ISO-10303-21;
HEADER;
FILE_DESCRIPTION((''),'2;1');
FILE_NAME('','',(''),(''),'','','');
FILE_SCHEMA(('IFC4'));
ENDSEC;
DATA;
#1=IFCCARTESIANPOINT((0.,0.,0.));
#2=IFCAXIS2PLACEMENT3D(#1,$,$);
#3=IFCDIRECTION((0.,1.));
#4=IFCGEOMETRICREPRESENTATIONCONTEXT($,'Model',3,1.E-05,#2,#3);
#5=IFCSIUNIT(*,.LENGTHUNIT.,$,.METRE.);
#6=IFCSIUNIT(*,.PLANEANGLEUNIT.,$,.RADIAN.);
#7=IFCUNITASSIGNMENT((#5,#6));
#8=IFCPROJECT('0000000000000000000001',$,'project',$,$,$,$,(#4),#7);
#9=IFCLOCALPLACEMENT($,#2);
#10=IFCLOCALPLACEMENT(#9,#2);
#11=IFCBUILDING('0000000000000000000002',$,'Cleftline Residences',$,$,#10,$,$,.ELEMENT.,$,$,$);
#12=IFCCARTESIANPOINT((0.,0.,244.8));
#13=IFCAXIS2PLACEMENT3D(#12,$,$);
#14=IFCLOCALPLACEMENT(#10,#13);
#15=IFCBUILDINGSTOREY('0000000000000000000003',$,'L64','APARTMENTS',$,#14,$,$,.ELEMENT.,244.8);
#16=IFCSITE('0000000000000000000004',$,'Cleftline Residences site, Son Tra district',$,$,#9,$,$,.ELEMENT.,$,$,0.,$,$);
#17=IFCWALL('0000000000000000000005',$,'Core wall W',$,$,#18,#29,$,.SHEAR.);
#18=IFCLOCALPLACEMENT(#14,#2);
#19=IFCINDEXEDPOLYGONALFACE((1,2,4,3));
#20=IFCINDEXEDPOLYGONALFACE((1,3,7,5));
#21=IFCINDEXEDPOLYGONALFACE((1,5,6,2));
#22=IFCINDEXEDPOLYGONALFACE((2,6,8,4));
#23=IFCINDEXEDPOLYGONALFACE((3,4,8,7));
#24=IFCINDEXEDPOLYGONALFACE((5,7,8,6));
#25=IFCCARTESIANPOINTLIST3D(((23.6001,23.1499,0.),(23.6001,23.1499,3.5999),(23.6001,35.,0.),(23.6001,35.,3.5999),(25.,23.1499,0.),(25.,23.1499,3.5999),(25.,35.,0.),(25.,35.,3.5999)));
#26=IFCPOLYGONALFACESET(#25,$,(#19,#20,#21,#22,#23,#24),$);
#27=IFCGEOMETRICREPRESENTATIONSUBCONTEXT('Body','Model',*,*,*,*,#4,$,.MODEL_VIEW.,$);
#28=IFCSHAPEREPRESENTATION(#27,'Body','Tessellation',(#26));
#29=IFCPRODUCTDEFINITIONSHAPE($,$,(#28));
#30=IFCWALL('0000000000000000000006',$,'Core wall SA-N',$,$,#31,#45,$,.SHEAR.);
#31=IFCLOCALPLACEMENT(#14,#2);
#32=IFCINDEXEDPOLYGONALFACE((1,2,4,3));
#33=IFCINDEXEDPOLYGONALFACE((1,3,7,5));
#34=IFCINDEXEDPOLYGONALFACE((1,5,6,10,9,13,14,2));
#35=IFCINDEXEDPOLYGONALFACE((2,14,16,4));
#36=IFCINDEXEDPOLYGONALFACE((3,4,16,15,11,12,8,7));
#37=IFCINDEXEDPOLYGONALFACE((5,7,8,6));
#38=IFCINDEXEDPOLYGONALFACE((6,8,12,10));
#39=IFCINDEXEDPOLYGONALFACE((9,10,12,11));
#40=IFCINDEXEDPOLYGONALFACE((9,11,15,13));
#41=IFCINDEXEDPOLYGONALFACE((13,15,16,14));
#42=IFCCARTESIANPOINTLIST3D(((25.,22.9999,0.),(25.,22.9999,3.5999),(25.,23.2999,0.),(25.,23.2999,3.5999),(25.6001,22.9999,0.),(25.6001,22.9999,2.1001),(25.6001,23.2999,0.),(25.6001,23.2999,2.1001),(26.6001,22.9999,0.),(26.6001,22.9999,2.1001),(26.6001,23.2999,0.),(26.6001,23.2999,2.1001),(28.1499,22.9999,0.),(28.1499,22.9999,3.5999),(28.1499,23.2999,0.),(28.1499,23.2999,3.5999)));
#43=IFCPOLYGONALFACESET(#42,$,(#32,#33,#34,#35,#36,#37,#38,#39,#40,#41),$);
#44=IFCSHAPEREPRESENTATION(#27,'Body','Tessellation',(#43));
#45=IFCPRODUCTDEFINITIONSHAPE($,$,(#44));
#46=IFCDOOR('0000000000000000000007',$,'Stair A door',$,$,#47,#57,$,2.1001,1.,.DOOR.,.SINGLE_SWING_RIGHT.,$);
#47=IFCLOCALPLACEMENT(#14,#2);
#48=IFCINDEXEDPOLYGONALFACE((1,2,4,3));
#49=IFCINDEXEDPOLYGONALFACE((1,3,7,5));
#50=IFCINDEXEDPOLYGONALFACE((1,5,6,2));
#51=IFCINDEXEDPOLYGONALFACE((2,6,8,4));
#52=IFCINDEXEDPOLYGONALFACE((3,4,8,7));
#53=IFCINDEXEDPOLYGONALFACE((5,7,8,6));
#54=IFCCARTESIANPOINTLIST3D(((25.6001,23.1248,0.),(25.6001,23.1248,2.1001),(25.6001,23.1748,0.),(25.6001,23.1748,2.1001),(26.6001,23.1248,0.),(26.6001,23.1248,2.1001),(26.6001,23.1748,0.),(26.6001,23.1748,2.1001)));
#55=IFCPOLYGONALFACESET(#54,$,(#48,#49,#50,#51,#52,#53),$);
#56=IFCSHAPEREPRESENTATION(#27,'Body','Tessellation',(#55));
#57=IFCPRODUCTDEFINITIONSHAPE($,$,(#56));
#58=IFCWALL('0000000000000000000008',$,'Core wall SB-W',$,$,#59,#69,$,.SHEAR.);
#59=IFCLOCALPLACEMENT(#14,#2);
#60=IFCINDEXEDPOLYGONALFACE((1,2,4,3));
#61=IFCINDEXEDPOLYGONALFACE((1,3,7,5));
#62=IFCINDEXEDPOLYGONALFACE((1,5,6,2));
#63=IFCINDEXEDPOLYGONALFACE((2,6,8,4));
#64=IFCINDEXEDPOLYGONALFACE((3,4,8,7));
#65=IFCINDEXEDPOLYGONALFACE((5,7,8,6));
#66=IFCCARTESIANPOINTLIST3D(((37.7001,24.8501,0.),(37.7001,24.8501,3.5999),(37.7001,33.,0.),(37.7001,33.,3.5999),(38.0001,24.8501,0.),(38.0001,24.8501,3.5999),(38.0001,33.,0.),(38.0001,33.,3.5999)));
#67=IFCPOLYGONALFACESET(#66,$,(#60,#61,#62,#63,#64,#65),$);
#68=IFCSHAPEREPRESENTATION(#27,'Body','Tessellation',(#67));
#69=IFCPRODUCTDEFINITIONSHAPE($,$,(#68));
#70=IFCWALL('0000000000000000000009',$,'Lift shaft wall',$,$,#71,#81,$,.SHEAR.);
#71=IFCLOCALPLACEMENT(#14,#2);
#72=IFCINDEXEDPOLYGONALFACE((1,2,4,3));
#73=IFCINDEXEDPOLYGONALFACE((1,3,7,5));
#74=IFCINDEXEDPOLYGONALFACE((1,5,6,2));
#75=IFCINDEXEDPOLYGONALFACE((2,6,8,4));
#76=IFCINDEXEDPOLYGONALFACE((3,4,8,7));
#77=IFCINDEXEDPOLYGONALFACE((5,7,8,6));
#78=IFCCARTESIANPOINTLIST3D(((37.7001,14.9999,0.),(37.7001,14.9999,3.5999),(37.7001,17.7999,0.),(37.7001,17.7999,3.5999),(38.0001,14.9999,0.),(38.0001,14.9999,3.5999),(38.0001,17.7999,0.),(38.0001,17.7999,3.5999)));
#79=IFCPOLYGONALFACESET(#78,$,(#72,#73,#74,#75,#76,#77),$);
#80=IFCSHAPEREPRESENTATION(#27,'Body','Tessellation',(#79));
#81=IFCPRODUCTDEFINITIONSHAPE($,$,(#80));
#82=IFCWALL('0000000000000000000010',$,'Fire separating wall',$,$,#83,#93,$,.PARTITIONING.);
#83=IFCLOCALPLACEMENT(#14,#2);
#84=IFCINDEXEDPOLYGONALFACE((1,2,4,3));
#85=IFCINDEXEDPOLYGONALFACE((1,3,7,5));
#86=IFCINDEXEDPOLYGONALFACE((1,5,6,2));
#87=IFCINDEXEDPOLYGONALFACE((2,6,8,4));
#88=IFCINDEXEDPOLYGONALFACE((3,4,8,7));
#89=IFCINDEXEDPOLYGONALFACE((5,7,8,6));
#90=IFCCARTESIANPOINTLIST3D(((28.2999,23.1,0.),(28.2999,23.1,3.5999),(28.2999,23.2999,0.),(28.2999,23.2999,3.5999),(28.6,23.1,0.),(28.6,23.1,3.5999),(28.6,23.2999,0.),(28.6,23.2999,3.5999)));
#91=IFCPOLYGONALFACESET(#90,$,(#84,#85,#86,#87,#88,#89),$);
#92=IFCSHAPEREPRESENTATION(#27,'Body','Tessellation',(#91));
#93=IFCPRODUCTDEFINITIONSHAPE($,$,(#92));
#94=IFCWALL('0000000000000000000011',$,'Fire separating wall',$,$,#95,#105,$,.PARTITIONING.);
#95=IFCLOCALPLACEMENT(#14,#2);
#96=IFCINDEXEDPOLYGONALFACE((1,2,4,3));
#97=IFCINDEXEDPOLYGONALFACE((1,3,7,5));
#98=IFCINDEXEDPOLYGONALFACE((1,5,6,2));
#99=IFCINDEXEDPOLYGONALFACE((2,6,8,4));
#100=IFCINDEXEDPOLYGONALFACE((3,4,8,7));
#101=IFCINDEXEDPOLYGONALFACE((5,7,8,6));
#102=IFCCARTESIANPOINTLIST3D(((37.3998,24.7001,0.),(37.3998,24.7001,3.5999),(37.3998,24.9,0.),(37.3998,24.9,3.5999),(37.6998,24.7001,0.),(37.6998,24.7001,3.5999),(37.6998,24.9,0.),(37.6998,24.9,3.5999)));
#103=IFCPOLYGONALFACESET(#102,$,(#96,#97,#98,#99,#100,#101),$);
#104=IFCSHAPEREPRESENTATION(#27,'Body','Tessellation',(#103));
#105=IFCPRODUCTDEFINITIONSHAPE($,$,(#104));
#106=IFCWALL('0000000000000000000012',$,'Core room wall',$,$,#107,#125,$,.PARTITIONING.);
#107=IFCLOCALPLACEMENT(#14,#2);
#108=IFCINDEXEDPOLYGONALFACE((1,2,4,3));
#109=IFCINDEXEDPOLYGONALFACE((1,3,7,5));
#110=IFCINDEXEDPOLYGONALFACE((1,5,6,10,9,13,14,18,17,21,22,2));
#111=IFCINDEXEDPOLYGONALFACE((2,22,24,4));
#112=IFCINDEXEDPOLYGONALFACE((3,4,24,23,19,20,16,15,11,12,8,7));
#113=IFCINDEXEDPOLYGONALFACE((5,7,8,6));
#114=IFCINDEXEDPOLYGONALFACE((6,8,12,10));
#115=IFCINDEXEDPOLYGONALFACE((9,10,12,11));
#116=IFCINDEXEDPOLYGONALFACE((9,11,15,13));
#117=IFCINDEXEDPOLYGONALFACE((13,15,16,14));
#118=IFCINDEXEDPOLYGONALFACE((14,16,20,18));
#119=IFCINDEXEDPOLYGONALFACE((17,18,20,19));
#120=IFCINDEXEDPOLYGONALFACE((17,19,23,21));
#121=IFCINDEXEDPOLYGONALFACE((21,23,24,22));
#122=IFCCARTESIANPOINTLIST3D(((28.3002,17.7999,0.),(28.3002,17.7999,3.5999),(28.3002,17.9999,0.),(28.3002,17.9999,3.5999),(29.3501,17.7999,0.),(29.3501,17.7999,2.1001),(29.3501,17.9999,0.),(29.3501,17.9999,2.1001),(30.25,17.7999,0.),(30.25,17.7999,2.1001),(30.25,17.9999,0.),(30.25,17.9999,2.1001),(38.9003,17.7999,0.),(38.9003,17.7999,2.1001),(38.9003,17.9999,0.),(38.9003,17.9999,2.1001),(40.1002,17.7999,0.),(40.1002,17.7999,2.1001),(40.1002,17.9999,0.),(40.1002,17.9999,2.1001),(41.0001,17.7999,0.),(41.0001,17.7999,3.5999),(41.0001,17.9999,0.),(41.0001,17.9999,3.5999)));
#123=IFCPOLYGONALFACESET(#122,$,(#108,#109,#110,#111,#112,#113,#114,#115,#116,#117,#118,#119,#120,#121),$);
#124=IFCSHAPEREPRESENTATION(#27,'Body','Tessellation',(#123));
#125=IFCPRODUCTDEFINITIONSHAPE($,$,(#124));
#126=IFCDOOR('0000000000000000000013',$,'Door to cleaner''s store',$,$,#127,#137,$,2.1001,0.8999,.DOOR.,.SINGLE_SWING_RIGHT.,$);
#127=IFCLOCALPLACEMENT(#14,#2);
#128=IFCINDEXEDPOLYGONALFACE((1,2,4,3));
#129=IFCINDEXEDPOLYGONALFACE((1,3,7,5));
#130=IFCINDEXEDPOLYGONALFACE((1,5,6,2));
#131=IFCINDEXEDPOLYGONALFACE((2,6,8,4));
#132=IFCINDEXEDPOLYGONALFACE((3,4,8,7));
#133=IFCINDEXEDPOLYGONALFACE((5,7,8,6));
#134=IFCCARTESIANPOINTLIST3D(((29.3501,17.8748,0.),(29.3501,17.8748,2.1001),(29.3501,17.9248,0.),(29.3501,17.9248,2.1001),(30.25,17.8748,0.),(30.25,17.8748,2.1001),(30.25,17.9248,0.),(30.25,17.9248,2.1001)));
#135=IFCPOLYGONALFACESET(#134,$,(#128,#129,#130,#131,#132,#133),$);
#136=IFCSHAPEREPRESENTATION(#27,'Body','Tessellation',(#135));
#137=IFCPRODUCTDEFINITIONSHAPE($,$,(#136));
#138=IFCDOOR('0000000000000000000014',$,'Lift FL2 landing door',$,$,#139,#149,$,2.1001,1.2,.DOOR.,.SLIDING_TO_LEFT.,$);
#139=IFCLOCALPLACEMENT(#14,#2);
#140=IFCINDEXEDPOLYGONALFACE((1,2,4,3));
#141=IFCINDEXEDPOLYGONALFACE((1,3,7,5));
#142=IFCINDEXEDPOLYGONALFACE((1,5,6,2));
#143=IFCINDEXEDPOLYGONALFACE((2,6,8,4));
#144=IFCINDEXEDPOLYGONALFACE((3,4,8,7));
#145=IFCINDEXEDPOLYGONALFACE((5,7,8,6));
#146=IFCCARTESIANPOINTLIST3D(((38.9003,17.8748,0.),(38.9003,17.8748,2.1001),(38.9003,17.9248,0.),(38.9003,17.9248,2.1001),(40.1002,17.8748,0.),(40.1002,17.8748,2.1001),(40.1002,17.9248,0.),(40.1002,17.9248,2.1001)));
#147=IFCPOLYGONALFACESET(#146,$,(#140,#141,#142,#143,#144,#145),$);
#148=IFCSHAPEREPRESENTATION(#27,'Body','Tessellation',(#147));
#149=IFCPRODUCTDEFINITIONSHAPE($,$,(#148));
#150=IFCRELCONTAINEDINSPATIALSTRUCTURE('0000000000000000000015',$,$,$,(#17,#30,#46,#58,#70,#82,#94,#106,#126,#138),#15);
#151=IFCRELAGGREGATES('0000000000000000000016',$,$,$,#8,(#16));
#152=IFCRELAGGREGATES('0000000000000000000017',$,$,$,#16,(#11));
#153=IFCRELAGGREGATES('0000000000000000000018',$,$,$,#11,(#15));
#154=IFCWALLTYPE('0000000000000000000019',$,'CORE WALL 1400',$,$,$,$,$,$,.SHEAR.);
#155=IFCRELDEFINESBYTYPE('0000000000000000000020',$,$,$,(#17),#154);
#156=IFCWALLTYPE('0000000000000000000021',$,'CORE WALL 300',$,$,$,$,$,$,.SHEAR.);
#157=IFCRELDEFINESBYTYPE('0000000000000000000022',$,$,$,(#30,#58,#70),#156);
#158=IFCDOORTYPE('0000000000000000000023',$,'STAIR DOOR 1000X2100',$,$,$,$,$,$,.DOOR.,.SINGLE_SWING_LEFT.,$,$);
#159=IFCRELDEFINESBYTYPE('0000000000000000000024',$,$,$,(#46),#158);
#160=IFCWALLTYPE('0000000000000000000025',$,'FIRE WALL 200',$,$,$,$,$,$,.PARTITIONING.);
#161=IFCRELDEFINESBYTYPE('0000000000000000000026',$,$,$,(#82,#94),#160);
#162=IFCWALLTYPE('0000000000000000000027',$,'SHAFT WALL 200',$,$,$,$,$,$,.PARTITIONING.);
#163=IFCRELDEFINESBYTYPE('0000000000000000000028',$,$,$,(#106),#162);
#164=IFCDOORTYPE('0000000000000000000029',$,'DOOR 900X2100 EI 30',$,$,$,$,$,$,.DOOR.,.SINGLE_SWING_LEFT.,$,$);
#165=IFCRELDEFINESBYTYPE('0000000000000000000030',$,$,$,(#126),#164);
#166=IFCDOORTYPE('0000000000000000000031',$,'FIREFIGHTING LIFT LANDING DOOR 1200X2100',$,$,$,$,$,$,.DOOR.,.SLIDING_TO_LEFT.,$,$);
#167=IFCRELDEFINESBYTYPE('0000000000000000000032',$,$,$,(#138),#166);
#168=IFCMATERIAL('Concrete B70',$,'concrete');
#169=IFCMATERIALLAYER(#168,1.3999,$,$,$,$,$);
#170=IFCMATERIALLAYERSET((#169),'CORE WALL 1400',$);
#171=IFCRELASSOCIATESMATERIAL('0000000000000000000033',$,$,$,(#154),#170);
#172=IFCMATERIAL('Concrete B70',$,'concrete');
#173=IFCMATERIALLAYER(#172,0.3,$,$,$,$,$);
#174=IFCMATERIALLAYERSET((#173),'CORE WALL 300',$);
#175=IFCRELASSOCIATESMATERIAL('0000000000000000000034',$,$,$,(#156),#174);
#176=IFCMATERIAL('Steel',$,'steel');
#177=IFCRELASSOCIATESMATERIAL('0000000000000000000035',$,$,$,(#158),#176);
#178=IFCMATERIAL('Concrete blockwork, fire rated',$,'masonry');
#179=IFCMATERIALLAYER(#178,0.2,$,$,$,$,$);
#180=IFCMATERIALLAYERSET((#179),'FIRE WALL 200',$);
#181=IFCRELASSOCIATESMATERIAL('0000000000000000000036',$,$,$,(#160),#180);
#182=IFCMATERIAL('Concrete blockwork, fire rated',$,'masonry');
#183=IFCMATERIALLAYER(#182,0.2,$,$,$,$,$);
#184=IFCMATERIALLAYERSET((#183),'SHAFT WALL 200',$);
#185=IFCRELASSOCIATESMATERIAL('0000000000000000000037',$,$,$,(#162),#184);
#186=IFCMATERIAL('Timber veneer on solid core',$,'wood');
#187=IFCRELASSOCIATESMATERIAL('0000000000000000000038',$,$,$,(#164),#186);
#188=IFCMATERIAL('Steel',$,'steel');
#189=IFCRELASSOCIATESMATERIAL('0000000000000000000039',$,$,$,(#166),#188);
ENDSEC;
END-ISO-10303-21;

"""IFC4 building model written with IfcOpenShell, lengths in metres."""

from ifc_helpers import new_model, si_unit, direction, frame, frame_2d, origin, place, context, subcontext, project, spatial, rectangle, extrude, material, layer, layer_set, type_object, element, fill, save


model = new_model("IFC4")

# Units and contexts
model_context = context("Model", 3, precision=1e-05, world=origin(), true_north=direction((0.0, 1.0)))
body_context = subcontext(model_context, "Body", "Model", "MODEL_VIEW")
ifc_project = project(units=[si_unit("LENGTHUNIT", "METRE"), si_unit("PLANEANGLEUNIT", "RADIAN")], contexts=[model_context])

# Site, building, storey
site_placement = place(None, origin())
site = spatial("IfcSite", under=ifc_project, at=site_placement, Name="Cleftline Residences site, Son Tra district", CompositionType="ELEMENT", RefElevation=0.0)
building_placement = place(site_placement, origin())
building = spatial("IfcBuilding", under=site, at=building_placement, Name="Cleftline Residences", CompositionType="ELEMENT")
storey_placement = place(building_placement, frame((0.0, 0.0, 244.8)))
storey = spatial("IfcBuildingStorey", under=building, at=storey_placement, Name="L64", Description="APARTMENTS", CompositionType="ELEMENT", Elevation=244.8)

# Wall
ifc_material_1 = material(Name="Concrete B70", Category="concrete")
ifc_layer_1 = layer(ifc_material_1, 1.3999)
ifc_layer_set_1 = layer_set([ifc_layer_1], Name="CORE WALL 1400")
wall_type_1 = type_object("IfcWallType", Name="CORE WALL 1400", PredefinedType="SHEAR", material=ifc_layer_set_1)
wall_1_placement = place(storey_placement, frame((24.3, 23.1499, 0.0), z_axis=(0.0, 0.0, 1.0), x_axis=(0.0, 1.0, 0.0)))
element("IfcWall", 1, at=wall_1_placement, inside=storey, type_object=wall_type_1, Name="Core wall W", PredefinedType="SHEAR", context=body_context, shape_type="SweptSolid", body=[
    extrude(rectangle(XDim=11.8501, YDim=1.3999, at=frame_2d((5.925, 0.0))), origin(), (0.0, 0.0, 1.0), 3.5999),
])

# Wall, opening, door
ifc_material_2 = material(Name="Concrete B70", Category="concrete")
ifc_layer_2 = layer(ifc_material_2, 0.3)
ifc_layer_set_2 = layer_set([ifc_layer_2], Name="CORE WALL 300")
wall_type_2 = type_object("IfcWallType", Name="CORE WALL 300", PredefinedType="SHEAR", material=ifc_layer_set_2)
wall_2_placement = place(storey_placement, frame((25.0, 23.1499, 0.0), z_axis=(0.0, 0.0, 1.0), x_axis=(1.0, 0.0, 0.0)))
wall_2 = element("IfcWall", 2, at=wall_2_placement, inside=storey, type_object=wall_type_2, Name="Core wall SA-N", PredefinedType="SHEAR", context=body_context, shape_type="SweptSolid", body=[
    extrude(rectangle(XDim=3.1499, YDim=0.3, at=frame_2d((1.575, 0.0))), origin(), (0.0, 0.0, 1.0), 3.5999),
])
opening_1_placement = place(wall_2_placement, frame((0.6001, 0.0, 0.0)))
opening_1 = element("IfcOpeningElement", 3, at=opening_1_placement, cuts=wall_2, PredefinedType="OPENING", context=body_context, shape_type="SweptSolid", body=[
    extrude(rectangle(XDim=1.0, YDim=2.1001, at=frame_2d((0.5, 1.05))), frame((0.0, 0.1599, 0.0), z_axis=(0.0, -1.0, 0.0), x_axis=(1.0, 0.0, 0.0)), (0.0, 0.0, 1.0), 0.3201),
])
ifc_material_3 = material(Name="Steel", Category="steel")
door_type_1 = type_object("IfcDoorType", Name="STAIR DOOR 1000X2100", OperationType="SINGLE_SWING_LEFT", PredefinedType="DOOR", material=ifc_material_3)
door_1_placement = place(opening_1_placement, origin())
door_1 = element("IfcDoor", 4, at=door_1_placement, inside=storey, type_object=door_type_1, Name="Stair A door", OperationType="SINGLE_SWING_RIGHT", OverallHeight=2.1001, OverallWidth=1.0, PredefinedType="DOOR", context=body_context, shape_type="SweptSolid", body=[
    extrude(rectangle(XDim=1.0, YDim=2.1001, at=frame_2d((0.5, 1.05))), frame((0.0, 0.0249, 0.0), z_axis=(0.0, -1.0, 0.0), x_axis=(1.0, 0.0, 0.0)), (0.0, 0.0, 1.0), 0.05),
])
fill(opening_1, door_1)

# Walls
wall_3_placement = place(storey_placement, frame((37.8501, 24.8501, 0.0), z_axis=(0.0, 0.0, 1.0), x_axis=(0.0, 1.0, 0.0)))
element("IfcWall", 5, at=wall_3_placement, inside=storey, type_object=wall_type_2, Name="Core wall SB-W", PredefinedType="SHEAR", context=body_context, shape_type="SweptSolid", body=[
    extrude(rectangle(XDim=8.1499, YDim=0.3, at=frame_2d((4.075, 0.0))), origin(), (0.0, 0.0, 1.0), 3.5999),
])
wall_4_placement = place(storey_placement, frame((37.8501, 15.0, 0.0), z_axis=(0.0, 0.0, 1.0), x_axis=(0.0, 1.0, 0.0)))
element("IfcWall", 6, at=wall_4_placement, inside=storey, type_object=wall_type_2, Name="Lift shaft wall", PredefinedType="SHEAR", context=body_context, shape_type="SweptSolid", body=[
    extrude(rectangle(XDim=2.8, YDim=0.3, at=frame_2d((1.3999, 0.0))), origin(), (0.0, 0.0, 1.0), 3.5999),
])
ifc_material_4 = material(Name="Concrete blockwork, fire rated", Category="masonry")
ifc_layer_3 = layer(ifc_material_4, 0.2)
ifc_layer_set_3 = layer_set([ifc_layer_3], Name="FIRE WALL 200")
wall_type_3 = type_object("IfcWallType", Name="FIRE WALL 200", PredefinedType="PARTITIONING", material=ifc_layer_set_3)
for number, where, z_axis, x_axis, name in (
    (7, (28.3, 23.2, 0.0), (0.0, 0.0, 1.0), (1.0, 0.0, 0.0), "Fire separating wall"),
    (8, (37.3999, 24.8, 0.0), (0.0, 0.0, 1.0), (1.0, 0.0, 0.0), "Fire separating wall"),
):
    element("IfcWall", number, at=place(storey_placement, frame(where, z_axis=z_axis, x_axis=x_axis)), inside=storey, type_object=wall_type_3, Name=name, PredefinedType="PARTITIONING", context=body_context, shape_type="SweptSolid", body=[
        extrude(rectangle(XDim=0.3, YDim=0.2, at=frame_2d((0.1499, 0.0))), origin(), (0.0, 0.0, 1.0), 3.5999),
    ])

# Wall, openings, doors
ifc_material_5 = material(Name="Concrete blockwork, fire rated", Category="masonry")
ifc_layer_4 = layer(ifc_material_5, 0.2)
ifc_layer_set_4 = layer_set([ifc_layer_4], Name="SHAFT WALL 200")
wall_type_4 = type_object("IfcWallType", Name="SHAFT WALL 200", PredefinedType="PARTITIONING", material=ifc_layer_set_4)
wall_5_placement = place(storey_placement, frame((28.3, 17.8999, 0.0), z_axis=(0.0, 0.0, 1.0), x_axis=(1.0, 0.0, 0.0)))
wall_5 = element("IfcWall", 9, at=wall_5_placement, inside=storey, type_object=wall_type_4, Name="Core room wall", PredefinedType="PARTITIONING", context=body_context, shape_type="SweptSolid", body=[
    extrude(rectangle(XDim=12.7, YDim=0.2, at=frame_2d((6.3501, 0.0))), origin(), (0.0, 0.0, 1.0), 3.5999),
])
opening_2_placement = place(wall_5_placement, frame((1.05, 0.0, 0.0)))
opening_2 = element("IfcOpeningElement", 10, at=opening_2_placement, cuts=wall_5, PredefinedType="OPENING", context=body_context, shape_type="SweptSolid", body=[
    extrude(rectangle(XDim=0.8999, YDim=2.1001, at=frame_2d((0.45, 1.05))), frame((0.0, 0.1099, 0.0), z_axis=(0.0, -1.0, 0.0), x_axis=(1.0, 0.0, 0.0)), (0.0, 0.0, 1.0), 0.22),
])
opening_3_placement = place(wall_5_placement, frame((10.6001, 0.0, 0.0)))
opening_3 = element("IfcOpeningElement", 11, at=opening_3_placement, cuts=wall_5, PredefinedType="OPENING", context=body_context, shape_type="SweptSolid", body=[
    extrude(rectangle(XDim=1.2, YDim=2.1001, at=frame_2d((0.6001, 1.05))), frame((0.0, 0.1099, 0.0), z_axis=(0.0, -1.0, 0.0), x_axis=(1.0, 0.0, 0.0)), (0.0, 0.0, 1.0), 0.22),
])
ifc_material_6 = material(Name="Timber veneer on solid core", Category="wood")
door_type_2 = type_object("IfcDoorType", Name="DOOR 900X2100 EI 30", OperationType="SINGLE_SWING_LEFT", PredefinedType="DOOR", material=ifc_material_6)
door_2_placement = place(opening_2_placement, origin())
door_2 = element("IfcDoor", 12, at=door_2_placement, inside=storey, type_object=door_type_2, Name="Door to cleaner's store", OperationType="SINGLE_SWING_RIGHT", OverallHeight=2.1001, OverallWidth=0.8999, PredefinedType="DOOR", context=body_context, shape_type="SweptSolid", body=[
    extrude(rectangle(XDim=0.8999, YDim=2.1001, at=frame_2d((0.45, 1.05))), frame((0.0, 0.0249, 0.0), z_axis=(0.0, -1.0, 0.0), x_axis=(1.0, 0.0, 0.0)), (0.0, 0.0, 1.0), 0.05),
])
fill(opening_2, door_2)
ifc_material_7 = material(Name="Steel", Category="steel")
door_type_3 = type_object("IfcDoorType", Name="FIREFIGHTING LIFT LANDING DOOR 1200X2100", OperationType="SLIDING_TO_LEFT", PredefinedType="DOOR", material=ifc_material_7)
door_3_placement = place(opening_3_placement, origin())
door_3 = element("IfcDoor", 13, at=door_3_placement, inside=storey, type_object=door_type_3, Name="Lift FL2 landing door", OperationType="SLIDING_TO_LEFT", OverallHeight=2.1001, OverallWidth=1.2, PredefinedType="DOOR", context=body_context, shape_type="SweptSolid", body=[
    extrude(rectangle(XDim=1.2, YDim=2.1001, at=frame_2d((0.6001, 1.05))), frame((0.0, 0.0249, 0.0), z_axis=(0.0, -1.0, 0.0), x_axis=(1.0, 0.0, 0.0)), (0.0, 0.0, 1.0), 0.05),
])
fill(opening_3, door_3)

save(model, "model.ifc")
